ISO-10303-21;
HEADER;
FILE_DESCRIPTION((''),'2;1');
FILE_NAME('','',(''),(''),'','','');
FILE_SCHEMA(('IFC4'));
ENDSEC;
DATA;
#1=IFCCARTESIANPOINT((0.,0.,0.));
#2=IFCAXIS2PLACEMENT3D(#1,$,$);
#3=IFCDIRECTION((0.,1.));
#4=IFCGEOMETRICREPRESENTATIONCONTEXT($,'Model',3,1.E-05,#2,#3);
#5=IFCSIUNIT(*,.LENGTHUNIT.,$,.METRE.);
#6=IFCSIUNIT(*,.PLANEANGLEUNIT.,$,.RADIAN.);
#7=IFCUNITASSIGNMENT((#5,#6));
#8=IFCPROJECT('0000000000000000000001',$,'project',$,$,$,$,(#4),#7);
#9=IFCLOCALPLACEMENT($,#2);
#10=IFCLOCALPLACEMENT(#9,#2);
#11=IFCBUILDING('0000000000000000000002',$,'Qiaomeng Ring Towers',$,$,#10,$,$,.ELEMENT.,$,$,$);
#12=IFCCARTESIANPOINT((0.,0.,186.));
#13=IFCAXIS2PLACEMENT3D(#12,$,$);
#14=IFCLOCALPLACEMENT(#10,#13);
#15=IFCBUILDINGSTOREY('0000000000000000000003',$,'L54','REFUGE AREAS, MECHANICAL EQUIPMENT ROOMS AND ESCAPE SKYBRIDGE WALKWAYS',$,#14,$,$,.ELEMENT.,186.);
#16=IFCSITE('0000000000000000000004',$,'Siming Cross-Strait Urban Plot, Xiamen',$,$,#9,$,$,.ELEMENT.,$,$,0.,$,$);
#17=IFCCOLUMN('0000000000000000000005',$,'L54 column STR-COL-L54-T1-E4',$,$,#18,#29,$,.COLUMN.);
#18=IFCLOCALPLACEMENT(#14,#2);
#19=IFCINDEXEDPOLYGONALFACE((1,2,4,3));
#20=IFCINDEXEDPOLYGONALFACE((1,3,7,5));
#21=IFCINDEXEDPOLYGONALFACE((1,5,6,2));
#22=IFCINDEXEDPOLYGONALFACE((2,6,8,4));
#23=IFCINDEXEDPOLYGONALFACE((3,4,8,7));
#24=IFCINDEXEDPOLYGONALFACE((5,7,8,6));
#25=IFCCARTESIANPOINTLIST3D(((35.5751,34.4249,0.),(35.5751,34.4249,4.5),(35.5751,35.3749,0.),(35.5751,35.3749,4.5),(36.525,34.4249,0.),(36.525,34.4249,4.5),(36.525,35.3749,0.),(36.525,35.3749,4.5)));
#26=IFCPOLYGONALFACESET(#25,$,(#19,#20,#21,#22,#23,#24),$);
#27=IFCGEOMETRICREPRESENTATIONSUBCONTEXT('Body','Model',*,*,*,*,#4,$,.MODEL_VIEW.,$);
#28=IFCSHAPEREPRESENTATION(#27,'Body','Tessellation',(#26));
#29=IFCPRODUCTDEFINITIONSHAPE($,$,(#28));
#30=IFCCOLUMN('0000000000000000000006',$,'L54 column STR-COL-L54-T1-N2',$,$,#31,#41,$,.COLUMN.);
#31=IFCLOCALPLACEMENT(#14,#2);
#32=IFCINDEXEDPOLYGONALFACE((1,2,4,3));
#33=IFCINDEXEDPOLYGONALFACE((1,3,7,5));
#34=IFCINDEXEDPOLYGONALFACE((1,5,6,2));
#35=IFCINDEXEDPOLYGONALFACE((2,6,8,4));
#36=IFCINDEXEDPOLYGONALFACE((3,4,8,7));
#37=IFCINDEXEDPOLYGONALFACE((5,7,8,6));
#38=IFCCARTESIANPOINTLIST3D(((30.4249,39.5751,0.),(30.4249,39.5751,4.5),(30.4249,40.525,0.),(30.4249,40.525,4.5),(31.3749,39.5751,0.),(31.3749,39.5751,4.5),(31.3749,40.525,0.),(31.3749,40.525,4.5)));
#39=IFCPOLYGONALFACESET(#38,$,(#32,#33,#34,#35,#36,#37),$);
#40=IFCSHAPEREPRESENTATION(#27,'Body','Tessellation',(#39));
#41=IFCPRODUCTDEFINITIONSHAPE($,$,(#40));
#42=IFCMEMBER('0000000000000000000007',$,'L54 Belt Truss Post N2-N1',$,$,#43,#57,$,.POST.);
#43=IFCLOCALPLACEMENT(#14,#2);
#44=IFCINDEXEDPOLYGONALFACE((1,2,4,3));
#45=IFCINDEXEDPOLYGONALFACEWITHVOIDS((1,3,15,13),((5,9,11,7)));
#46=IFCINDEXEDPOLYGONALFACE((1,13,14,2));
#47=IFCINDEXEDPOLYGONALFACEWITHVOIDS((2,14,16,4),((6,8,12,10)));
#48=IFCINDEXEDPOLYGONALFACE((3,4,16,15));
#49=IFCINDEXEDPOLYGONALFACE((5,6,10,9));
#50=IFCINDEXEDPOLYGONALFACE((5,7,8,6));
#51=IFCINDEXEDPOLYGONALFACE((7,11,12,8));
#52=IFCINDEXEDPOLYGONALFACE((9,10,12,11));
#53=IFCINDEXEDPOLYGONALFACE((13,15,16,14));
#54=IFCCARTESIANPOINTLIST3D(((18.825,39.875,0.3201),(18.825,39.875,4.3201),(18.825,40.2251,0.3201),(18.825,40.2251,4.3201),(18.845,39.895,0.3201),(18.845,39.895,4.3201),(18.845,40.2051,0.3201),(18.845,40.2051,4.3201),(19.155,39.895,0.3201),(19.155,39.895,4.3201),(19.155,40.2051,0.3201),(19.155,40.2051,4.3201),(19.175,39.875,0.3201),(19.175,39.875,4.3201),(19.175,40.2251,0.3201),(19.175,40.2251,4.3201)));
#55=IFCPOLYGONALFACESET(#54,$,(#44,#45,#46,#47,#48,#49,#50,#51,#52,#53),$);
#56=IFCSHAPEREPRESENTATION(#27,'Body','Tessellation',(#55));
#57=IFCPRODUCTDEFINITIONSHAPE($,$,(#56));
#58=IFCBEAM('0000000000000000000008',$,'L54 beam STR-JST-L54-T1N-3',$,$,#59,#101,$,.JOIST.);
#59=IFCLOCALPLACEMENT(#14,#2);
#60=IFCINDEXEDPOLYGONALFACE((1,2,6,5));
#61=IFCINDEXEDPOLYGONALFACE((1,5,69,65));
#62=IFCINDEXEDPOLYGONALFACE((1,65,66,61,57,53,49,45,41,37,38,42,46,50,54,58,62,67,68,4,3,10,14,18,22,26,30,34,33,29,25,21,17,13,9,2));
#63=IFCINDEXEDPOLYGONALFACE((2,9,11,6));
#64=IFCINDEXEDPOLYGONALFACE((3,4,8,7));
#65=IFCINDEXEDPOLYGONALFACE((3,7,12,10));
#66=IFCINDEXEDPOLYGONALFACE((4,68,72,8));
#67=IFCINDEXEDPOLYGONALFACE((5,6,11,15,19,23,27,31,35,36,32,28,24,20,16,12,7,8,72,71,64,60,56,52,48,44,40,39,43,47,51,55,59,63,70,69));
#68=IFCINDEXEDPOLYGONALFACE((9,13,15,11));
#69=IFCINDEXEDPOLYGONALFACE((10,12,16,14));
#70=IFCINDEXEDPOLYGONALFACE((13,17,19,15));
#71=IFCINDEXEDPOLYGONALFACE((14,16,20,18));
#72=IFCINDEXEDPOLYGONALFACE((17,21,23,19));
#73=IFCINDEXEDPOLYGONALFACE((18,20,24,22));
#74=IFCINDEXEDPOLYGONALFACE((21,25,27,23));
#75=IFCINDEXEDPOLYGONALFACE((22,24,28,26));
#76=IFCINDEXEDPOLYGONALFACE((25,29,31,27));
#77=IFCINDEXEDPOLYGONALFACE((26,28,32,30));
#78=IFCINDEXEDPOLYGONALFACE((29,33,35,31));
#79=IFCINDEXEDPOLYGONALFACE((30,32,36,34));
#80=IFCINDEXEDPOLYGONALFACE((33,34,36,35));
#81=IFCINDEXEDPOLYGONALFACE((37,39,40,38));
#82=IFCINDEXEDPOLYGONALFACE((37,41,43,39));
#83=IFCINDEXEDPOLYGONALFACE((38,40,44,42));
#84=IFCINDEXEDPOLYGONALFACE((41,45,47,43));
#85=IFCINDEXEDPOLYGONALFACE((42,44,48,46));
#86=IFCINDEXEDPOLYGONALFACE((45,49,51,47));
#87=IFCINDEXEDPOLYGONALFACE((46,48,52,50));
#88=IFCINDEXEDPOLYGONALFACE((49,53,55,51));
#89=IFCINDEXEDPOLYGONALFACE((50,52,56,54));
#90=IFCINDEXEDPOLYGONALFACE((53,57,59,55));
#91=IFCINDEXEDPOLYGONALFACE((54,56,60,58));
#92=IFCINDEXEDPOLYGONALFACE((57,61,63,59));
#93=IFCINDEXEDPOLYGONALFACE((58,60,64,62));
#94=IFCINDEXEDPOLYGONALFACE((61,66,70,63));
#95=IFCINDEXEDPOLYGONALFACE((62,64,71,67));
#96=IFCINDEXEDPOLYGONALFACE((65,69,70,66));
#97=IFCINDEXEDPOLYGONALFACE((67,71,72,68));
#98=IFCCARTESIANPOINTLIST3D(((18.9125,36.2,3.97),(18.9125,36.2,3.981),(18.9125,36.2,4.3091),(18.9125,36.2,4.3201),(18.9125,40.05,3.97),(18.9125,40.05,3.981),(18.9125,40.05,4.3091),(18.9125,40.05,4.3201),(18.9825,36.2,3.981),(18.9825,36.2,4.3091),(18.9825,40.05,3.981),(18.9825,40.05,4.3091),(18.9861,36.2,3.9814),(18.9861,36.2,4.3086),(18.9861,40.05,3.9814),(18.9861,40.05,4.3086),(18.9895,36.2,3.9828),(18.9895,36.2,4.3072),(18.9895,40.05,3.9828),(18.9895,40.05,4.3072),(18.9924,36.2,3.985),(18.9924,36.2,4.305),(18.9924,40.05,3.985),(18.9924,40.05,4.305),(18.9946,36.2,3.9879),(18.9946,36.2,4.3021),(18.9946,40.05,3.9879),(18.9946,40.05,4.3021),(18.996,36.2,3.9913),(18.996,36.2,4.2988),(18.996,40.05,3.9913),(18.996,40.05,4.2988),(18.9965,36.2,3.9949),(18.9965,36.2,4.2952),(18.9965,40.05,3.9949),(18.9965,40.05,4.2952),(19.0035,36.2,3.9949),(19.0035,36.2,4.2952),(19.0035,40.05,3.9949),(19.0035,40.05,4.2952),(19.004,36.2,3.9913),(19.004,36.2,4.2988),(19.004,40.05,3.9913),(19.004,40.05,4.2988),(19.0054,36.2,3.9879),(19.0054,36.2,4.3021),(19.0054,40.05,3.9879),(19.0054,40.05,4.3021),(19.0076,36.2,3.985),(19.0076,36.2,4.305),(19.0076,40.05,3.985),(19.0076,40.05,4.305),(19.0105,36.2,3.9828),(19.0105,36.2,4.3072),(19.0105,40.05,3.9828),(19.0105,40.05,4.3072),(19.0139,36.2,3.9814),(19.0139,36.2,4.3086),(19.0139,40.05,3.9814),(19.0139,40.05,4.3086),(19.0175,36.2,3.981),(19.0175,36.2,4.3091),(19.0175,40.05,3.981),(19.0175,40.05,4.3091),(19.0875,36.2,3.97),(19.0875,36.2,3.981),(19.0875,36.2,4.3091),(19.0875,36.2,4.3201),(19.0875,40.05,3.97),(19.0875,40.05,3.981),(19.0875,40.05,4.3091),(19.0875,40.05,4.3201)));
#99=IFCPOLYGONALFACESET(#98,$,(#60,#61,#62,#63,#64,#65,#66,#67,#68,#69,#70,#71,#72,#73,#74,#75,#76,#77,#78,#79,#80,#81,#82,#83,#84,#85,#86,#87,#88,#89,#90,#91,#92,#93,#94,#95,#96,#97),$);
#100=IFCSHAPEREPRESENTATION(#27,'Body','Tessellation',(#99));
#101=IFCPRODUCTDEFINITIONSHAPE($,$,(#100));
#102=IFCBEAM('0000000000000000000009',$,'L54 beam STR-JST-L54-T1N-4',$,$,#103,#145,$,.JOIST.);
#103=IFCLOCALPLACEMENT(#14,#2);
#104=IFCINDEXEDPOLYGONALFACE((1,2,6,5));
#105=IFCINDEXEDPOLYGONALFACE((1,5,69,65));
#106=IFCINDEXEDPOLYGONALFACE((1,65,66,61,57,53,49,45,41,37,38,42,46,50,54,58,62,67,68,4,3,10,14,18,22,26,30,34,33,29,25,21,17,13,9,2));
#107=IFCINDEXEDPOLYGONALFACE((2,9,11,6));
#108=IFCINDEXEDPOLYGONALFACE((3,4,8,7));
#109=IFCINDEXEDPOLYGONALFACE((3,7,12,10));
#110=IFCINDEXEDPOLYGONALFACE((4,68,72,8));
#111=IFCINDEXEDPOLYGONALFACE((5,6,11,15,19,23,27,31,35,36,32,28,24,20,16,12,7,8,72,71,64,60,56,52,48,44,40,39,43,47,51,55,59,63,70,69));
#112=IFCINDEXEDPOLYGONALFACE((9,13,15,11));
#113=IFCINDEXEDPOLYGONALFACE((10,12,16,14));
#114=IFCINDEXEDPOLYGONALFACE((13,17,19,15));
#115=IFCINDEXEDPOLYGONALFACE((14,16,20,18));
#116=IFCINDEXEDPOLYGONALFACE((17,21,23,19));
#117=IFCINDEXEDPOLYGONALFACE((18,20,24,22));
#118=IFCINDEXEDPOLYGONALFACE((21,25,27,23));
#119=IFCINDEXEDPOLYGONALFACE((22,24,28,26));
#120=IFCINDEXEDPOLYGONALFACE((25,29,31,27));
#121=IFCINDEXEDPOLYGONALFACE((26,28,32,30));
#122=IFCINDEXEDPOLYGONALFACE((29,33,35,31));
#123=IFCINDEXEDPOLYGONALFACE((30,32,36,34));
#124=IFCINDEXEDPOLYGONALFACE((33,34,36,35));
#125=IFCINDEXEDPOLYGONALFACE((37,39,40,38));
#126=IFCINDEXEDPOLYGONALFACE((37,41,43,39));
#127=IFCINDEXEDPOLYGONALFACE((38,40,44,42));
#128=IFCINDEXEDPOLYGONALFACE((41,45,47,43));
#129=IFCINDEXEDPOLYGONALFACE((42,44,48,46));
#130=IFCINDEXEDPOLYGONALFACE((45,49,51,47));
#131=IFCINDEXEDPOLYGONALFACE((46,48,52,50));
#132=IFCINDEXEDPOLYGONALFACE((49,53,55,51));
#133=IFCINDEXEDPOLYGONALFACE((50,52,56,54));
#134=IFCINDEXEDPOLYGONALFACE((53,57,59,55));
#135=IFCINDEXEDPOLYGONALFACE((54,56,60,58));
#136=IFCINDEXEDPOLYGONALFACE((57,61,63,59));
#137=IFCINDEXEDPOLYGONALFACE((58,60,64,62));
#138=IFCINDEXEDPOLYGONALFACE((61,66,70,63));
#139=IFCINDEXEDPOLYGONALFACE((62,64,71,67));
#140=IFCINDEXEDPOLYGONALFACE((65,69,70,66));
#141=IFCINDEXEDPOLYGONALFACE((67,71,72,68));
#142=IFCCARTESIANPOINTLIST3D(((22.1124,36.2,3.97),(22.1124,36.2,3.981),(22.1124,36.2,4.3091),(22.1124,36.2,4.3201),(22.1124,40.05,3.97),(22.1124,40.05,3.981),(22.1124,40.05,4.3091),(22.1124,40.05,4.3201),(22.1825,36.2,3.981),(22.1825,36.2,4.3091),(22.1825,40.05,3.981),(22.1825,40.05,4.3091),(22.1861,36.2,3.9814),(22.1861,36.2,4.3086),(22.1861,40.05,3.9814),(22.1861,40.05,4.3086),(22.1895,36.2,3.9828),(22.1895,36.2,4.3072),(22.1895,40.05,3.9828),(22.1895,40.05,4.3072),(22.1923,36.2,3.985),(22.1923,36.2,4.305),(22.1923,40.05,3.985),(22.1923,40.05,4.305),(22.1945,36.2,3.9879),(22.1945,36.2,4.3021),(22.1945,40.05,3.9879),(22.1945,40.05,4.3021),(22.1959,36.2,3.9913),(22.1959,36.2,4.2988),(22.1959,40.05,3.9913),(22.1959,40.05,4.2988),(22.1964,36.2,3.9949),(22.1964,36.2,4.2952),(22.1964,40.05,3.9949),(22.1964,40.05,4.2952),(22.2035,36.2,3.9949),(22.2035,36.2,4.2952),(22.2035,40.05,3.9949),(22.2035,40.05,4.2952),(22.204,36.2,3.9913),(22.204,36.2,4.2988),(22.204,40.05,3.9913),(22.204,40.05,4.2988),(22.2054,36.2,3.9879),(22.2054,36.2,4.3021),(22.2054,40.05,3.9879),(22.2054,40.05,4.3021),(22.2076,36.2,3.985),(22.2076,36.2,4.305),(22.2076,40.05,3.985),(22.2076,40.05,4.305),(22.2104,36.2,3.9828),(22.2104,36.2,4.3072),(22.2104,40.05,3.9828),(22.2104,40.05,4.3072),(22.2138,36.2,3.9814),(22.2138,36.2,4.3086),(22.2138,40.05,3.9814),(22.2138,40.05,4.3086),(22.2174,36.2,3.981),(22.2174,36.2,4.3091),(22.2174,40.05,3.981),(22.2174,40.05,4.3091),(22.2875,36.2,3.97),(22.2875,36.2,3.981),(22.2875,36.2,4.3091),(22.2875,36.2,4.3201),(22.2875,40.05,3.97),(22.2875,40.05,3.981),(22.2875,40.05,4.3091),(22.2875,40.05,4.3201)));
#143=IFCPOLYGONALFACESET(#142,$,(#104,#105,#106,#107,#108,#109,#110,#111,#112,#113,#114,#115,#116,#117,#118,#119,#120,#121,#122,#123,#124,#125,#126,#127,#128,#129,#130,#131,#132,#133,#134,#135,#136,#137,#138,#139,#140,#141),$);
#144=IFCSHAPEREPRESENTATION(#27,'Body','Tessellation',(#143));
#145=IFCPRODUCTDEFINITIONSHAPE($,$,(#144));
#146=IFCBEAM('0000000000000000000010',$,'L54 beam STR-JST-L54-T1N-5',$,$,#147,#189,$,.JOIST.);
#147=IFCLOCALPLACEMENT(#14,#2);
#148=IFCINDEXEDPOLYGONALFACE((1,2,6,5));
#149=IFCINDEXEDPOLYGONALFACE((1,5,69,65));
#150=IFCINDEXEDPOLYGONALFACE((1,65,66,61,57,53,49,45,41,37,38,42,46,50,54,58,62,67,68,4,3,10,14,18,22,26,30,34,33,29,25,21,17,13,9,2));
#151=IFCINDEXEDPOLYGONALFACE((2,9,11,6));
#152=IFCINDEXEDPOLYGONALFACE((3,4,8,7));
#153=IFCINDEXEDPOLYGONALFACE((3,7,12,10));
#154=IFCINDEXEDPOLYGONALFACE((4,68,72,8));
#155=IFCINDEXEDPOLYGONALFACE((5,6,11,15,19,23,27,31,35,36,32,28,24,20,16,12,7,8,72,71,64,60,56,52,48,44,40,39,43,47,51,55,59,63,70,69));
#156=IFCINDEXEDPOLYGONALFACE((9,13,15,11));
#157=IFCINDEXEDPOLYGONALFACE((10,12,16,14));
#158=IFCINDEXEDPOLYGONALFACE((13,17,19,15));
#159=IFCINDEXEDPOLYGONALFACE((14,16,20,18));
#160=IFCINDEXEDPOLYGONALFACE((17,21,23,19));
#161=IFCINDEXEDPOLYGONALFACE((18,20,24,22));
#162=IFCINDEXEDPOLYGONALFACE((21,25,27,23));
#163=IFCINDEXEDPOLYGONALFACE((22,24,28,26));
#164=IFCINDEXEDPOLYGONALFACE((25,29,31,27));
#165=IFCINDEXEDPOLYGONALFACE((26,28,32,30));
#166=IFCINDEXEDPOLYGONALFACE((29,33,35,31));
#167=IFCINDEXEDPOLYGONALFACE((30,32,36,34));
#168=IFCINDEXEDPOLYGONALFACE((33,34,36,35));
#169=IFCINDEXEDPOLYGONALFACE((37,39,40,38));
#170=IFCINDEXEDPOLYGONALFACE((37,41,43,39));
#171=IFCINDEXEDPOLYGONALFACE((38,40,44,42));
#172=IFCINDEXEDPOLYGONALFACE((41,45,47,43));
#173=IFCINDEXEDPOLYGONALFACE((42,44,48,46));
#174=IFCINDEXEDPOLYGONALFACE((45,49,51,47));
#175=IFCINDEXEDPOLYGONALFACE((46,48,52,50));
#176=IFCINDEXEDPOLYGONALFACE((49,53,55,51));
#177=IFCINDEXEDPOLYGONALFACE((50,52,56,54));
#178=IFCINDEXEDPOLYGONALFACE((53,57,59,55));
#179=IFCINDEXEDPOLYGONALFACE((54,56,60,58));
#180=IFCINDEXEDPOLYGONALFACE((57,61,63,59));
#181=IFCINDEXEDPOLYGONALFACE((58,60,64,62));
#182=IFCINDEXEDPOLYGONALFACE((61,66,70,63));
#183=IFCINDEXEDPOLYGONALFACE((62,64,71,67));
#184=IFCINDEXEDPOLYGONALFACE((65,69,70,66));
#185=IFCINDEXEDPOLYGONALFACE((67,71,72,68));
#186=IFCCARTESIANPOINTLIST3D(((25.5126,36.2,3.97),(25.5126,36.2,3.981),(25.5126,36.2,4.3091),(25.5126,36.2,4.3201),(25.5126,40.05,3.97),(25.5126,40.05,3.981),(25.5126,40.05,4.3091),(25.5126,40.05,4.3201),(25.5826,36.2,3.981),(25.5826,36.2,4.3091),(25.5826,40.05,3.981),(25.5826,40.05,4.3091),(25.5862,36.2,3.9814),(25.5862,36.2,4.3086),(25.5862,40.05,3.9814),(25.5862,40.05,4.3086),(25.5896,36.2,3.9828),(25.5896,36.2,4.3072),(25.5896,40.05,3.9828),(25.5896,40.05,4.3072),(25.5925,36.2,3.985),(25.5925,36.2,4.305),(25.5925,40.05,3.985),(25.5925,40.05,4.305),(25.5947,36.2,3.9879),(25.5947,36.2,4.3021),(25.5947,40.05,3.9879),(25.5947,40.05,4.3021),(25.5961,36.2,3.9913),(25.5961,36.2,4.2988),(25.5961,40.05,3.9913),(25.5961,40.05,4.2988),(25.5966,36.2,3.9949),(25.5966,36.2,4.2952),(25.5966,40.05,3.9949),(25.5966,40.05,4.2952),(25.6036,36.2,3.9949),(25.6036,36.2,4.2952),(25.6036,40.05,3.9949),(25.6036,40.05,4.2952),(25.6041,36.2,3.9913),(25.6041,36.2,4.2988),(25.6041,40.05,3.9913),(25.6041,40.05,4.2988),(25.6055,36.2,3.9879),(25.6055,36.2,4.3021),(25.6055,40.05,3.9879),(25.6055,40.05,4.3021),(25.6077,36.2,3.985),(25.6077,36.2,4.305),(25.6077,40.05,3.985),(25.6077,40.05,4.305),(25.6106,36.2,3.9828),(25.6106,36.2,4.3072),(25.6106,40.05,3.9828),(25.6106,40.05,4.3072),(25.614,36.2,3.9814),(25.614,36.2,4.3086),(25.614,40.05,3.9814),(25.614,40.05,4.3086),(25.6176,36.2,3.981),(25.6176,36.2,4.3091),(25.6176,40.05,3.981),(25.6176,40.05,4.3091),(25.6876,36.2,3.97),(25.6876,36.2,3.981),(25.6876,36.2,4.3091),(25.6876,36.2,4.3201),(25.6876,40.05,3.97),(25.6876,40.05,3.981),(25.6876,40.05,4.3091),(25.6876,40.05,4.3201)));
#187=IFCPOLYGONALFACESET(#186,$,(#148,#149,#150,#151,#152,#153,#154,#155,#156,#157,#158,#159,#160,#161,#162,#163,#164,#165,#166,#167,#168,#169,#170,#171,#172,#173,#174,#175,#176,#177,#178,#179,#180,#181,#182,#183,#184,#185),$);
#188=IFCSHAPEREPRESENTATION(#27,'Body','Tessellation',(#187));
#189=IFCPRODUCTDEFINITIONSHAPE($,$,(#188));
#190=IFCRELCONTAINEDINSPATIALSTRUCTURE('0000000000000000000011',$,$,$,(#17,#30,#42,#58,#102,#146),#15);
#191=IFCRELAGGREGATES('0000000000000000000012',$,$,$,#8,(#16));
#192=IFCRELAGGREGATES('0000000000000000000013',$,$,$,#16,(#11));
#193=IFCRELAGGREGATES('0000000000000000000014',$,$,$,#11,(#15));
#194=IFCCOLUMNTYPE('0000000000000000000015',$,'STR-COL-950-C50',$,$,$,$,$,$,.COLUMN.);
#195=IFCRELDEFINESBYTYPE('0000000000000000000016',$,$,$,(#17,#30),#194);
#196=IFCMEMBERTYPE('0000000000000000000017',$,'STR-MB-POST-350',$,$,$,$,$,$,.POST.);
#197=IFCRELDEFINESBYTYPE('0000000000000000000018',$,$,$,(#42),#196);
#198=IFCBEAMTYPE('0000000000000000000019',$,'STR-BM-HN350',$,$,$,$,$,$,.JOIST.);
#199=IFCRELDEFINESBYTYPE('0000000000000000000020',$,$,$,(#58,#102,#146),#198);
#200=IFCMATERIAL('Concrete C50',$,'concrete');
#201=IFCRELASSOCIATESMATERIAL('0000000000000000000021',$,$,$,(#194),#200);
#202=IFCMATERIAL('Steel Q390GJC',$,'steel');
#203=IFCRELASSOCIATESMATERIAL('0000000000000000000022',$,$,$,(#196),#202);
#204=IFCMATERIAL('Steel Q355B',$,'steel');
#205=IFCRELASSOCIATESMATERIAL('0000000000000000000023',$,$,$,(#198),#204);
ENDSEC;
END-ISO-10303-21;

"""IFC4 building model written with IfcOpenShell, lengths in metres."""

from ifc_helpers import new_model, si_unit, direction, frame, origin, origin_2d, place, context, subcontext, project, spatial, rectangle, hollow_rectangle, i_section, extrude, source, transform, mapped, material, material_profile, profile_set, type_object, element, save


model = new_model("IFC4")

# Units and contexts
model_context = context("Model", 3, precision=1e-05, world=origin(), true_north=direction((0.0, 1.0)))
body_context = subcontext(model_context, "Body", "Model", "MODEL_VIEW")
ifc_project = project(units=[si_unit("LENGTHUNIT", "METRE"), si_unit("PLANEANGLEUNIT", "RADIAN")], contexts=[model_context])

# Site, building, storey
site_placement = place(None, origin())
site = spatial("IfcSite", under=ifc_project, at=site_placement, Name="Siming Cross-Strait Urban Plot, Xiamen", CompositionType="ELEMENT", RefElevation=0.0)
building_placement = place(site_placement, origin())
building = spatial("IfcBuilding", under=site, at=building_placement, Name="Qiaomeng Ring Towers", CompositionType="ELEMENT")
storey_placement = place(building_placement, frame((0.0, 0.0, 186.0)))
storey = spatial("IfcBuildingStorey", under=building, at=storey_placement, Name="L54", Description="REFUGE AREAS, MECHANICAL EQUIPMENT ROOMS AND ESCAPE SKYBRIDGE WALKWAYS", CompositionType="ELEMENT", Elevation=186.0)

# Columns
ifc_material_1 = material(Name="Concrete C50", Category="concrete")
ifc_material_profile_1 = material_profile(ifc_material_1, rectangle(XDim=0.95, YDim=0.95, at=origin_2d()), Name="RC COL 950x950")
ifc_profile_set_1 = profile_set([ifc_material_profile_1], Name="Concrete C50")
column_type = type_object("IfcColumnType", Name="STR-COL-950-C50", PredefinedType="COLUMN", material=ifc_profile_set_1)
shared_shape_1 = source(origin(), body_context, "Body", "SweptSolid", [
    extrude(rectangle(XDim=0.95, YDim=0.95, at=origin_2d()), origin(), (0.0, 0.0, 1.0), 4.5),
])
for number, where, z_axis, x_axis, name in (
    (1, (36.05, 34.8999, 0.0), (0.0, 0.0, 1.0), (1.0, 0.0, 0.0), "L54 column STR-COL-L54-T1-E4"),
    (2, (30.8999, 40.05, 0.0), (0.0, 0.0, 1.0), (1.0, 0.0, 0.0), "L54 column STR-COL-L54-T1-N2"),
):
    element("IfcColumn", number, at=place(storey_placement, frame(where, z_axis=z_axis, x_axis=x_axis)), inside=storey, type_object=column_type, Name=name, PredefinedType="COLUMN", context=body_context, shape_type="MappedRepresentation", body=[
        mapped(shared_shape_1, transform((0.0, 0.0, 0.0), x_axis=(1.0, 0.0, 0.0), y_axis=(0.0, 1.0, 0.0), z_axis=(0.0, 0.0, 1.0), scale=1.0)),
    ])

# Member
ifc_material_2 = material(Name="Steel Q390GJC", Category="steel")
ifc_material_profile_2 = material_profile(ifc_material_2, hollow_rectangle(XDim=0.3501, YDim=0.3501, WallThickness=0.02, at=origin_2d()), Name="SHS 350x350x20")
ifc_profile_set_2 = profile_set([ifc_material_profile_2], Name="Steel Q390GJC")
member_type_1 = type_object("IfcMemberType", Name="STR-MB-POST-350", PredefinedType="POST", material=ifc_profile_set_2)
shared_shape_2 = source(origin(), body_context, "Body", "SweptSolid", [
    extrude(hollow_rectangle(XDim=0.3501, YDim=0.3501, WallThickness=0.02, at=origin_2d()), origin(), (0.0, 0.0, 1.0), 4.0),
])
member_1_placement = place(storey_placement, frame((19.0, 40.05, 0.3201), z_axis=(0.0, 0.0, 1.0), x_axis=(1.0, 0.0, 0.0)))
element("IfcMember", 3, at=member_1_placement, inside=storey, type_object=member_type_1, Name="L54 Belt Truss Post N2-N1", PredefinedType="POST", context=body_context, shape_type="MappedRepresentation", body=[
    mapped(shared_shape_2, transform((0.0, 0.0, 0.0), x_axis=(1.0, 0.0, 0.0), y_axis=(0.0, 1.0, 0.0), z_axis=(0.0, 0.0, 1.0), scale=1.0)),
])

# Beams
ifc_material_3 = material(Name="Steel Q355B", Category="steel")
ifc_material_profile_3 = material_profile(ifc_material_3, i_section(OverallWidth=0.175, OverallDepth=0.3501, WebThickness=0.0071, FlangeThickness=0.011, FilletRadius=0.0139, at=origin_2d()), Name="HN 350x175x7x11")
ifc_profile_set_3 = profile_set([ifc_material_profile_3], Name="Steel Q355B")
beam_type_1 = type_object("IfcBeamType", Name="STR-BM-HN350", PredefinedType="JOIST", material=ifc_profile_set_3)
shared_shape_3 = source(origin(), body_context, "Body", "SweptSolid", [
    extrude(i_section(OverallWidth=0.175, OverallDepth=0.3501, WebThickness=0.0071, FlangeThickness=0.011, FilletRadius=0.0139, at=origin_2d()), origin(), (0.0, 0.0, 1.0), 3.8501),
])
for number, where, z_axis, x_axis, name in (
    (4, (19.0, 36.2, 4.145), (0.0, 1.0, 0.0), (-1.0, 0.0, 0.0), "L54 beam STR-JST-L54-T1N-3"),
    (5, (22.2, 36.2, 4.145), (0.0, 1.0, 0.0), (-1.0, 0.0, 0.0), "L54 beam STR-JST-L54-T1N-4"),
    (6, (25.6001, 36.2, 4.145), (0.0, 1.0, 0.0), (-1.0, 0.0, 0.0), "L54 beam STR-JST-L54-T1N-5"),
):
    element("IfcBeam", number, at=place(storey_placement, frame(where, z_axis=z_axis, x_axis=x_axis)), inside=storey, type_object=beam_type_1, Name=name, PredefinedType="JOIST", context=body_context, shape_type="MappedRepresentation", body=[
        mapped(shared_shape_3, transform((0.0, 0.0, 0.0), x_axis=(1.0, 0.0, 0.0), y_axis=(0.0, 1.0, 0.0), z_axis=(0.0, 0.0, 1.0), scale=1.0)),
    ])

save(model, "model.ifc")
